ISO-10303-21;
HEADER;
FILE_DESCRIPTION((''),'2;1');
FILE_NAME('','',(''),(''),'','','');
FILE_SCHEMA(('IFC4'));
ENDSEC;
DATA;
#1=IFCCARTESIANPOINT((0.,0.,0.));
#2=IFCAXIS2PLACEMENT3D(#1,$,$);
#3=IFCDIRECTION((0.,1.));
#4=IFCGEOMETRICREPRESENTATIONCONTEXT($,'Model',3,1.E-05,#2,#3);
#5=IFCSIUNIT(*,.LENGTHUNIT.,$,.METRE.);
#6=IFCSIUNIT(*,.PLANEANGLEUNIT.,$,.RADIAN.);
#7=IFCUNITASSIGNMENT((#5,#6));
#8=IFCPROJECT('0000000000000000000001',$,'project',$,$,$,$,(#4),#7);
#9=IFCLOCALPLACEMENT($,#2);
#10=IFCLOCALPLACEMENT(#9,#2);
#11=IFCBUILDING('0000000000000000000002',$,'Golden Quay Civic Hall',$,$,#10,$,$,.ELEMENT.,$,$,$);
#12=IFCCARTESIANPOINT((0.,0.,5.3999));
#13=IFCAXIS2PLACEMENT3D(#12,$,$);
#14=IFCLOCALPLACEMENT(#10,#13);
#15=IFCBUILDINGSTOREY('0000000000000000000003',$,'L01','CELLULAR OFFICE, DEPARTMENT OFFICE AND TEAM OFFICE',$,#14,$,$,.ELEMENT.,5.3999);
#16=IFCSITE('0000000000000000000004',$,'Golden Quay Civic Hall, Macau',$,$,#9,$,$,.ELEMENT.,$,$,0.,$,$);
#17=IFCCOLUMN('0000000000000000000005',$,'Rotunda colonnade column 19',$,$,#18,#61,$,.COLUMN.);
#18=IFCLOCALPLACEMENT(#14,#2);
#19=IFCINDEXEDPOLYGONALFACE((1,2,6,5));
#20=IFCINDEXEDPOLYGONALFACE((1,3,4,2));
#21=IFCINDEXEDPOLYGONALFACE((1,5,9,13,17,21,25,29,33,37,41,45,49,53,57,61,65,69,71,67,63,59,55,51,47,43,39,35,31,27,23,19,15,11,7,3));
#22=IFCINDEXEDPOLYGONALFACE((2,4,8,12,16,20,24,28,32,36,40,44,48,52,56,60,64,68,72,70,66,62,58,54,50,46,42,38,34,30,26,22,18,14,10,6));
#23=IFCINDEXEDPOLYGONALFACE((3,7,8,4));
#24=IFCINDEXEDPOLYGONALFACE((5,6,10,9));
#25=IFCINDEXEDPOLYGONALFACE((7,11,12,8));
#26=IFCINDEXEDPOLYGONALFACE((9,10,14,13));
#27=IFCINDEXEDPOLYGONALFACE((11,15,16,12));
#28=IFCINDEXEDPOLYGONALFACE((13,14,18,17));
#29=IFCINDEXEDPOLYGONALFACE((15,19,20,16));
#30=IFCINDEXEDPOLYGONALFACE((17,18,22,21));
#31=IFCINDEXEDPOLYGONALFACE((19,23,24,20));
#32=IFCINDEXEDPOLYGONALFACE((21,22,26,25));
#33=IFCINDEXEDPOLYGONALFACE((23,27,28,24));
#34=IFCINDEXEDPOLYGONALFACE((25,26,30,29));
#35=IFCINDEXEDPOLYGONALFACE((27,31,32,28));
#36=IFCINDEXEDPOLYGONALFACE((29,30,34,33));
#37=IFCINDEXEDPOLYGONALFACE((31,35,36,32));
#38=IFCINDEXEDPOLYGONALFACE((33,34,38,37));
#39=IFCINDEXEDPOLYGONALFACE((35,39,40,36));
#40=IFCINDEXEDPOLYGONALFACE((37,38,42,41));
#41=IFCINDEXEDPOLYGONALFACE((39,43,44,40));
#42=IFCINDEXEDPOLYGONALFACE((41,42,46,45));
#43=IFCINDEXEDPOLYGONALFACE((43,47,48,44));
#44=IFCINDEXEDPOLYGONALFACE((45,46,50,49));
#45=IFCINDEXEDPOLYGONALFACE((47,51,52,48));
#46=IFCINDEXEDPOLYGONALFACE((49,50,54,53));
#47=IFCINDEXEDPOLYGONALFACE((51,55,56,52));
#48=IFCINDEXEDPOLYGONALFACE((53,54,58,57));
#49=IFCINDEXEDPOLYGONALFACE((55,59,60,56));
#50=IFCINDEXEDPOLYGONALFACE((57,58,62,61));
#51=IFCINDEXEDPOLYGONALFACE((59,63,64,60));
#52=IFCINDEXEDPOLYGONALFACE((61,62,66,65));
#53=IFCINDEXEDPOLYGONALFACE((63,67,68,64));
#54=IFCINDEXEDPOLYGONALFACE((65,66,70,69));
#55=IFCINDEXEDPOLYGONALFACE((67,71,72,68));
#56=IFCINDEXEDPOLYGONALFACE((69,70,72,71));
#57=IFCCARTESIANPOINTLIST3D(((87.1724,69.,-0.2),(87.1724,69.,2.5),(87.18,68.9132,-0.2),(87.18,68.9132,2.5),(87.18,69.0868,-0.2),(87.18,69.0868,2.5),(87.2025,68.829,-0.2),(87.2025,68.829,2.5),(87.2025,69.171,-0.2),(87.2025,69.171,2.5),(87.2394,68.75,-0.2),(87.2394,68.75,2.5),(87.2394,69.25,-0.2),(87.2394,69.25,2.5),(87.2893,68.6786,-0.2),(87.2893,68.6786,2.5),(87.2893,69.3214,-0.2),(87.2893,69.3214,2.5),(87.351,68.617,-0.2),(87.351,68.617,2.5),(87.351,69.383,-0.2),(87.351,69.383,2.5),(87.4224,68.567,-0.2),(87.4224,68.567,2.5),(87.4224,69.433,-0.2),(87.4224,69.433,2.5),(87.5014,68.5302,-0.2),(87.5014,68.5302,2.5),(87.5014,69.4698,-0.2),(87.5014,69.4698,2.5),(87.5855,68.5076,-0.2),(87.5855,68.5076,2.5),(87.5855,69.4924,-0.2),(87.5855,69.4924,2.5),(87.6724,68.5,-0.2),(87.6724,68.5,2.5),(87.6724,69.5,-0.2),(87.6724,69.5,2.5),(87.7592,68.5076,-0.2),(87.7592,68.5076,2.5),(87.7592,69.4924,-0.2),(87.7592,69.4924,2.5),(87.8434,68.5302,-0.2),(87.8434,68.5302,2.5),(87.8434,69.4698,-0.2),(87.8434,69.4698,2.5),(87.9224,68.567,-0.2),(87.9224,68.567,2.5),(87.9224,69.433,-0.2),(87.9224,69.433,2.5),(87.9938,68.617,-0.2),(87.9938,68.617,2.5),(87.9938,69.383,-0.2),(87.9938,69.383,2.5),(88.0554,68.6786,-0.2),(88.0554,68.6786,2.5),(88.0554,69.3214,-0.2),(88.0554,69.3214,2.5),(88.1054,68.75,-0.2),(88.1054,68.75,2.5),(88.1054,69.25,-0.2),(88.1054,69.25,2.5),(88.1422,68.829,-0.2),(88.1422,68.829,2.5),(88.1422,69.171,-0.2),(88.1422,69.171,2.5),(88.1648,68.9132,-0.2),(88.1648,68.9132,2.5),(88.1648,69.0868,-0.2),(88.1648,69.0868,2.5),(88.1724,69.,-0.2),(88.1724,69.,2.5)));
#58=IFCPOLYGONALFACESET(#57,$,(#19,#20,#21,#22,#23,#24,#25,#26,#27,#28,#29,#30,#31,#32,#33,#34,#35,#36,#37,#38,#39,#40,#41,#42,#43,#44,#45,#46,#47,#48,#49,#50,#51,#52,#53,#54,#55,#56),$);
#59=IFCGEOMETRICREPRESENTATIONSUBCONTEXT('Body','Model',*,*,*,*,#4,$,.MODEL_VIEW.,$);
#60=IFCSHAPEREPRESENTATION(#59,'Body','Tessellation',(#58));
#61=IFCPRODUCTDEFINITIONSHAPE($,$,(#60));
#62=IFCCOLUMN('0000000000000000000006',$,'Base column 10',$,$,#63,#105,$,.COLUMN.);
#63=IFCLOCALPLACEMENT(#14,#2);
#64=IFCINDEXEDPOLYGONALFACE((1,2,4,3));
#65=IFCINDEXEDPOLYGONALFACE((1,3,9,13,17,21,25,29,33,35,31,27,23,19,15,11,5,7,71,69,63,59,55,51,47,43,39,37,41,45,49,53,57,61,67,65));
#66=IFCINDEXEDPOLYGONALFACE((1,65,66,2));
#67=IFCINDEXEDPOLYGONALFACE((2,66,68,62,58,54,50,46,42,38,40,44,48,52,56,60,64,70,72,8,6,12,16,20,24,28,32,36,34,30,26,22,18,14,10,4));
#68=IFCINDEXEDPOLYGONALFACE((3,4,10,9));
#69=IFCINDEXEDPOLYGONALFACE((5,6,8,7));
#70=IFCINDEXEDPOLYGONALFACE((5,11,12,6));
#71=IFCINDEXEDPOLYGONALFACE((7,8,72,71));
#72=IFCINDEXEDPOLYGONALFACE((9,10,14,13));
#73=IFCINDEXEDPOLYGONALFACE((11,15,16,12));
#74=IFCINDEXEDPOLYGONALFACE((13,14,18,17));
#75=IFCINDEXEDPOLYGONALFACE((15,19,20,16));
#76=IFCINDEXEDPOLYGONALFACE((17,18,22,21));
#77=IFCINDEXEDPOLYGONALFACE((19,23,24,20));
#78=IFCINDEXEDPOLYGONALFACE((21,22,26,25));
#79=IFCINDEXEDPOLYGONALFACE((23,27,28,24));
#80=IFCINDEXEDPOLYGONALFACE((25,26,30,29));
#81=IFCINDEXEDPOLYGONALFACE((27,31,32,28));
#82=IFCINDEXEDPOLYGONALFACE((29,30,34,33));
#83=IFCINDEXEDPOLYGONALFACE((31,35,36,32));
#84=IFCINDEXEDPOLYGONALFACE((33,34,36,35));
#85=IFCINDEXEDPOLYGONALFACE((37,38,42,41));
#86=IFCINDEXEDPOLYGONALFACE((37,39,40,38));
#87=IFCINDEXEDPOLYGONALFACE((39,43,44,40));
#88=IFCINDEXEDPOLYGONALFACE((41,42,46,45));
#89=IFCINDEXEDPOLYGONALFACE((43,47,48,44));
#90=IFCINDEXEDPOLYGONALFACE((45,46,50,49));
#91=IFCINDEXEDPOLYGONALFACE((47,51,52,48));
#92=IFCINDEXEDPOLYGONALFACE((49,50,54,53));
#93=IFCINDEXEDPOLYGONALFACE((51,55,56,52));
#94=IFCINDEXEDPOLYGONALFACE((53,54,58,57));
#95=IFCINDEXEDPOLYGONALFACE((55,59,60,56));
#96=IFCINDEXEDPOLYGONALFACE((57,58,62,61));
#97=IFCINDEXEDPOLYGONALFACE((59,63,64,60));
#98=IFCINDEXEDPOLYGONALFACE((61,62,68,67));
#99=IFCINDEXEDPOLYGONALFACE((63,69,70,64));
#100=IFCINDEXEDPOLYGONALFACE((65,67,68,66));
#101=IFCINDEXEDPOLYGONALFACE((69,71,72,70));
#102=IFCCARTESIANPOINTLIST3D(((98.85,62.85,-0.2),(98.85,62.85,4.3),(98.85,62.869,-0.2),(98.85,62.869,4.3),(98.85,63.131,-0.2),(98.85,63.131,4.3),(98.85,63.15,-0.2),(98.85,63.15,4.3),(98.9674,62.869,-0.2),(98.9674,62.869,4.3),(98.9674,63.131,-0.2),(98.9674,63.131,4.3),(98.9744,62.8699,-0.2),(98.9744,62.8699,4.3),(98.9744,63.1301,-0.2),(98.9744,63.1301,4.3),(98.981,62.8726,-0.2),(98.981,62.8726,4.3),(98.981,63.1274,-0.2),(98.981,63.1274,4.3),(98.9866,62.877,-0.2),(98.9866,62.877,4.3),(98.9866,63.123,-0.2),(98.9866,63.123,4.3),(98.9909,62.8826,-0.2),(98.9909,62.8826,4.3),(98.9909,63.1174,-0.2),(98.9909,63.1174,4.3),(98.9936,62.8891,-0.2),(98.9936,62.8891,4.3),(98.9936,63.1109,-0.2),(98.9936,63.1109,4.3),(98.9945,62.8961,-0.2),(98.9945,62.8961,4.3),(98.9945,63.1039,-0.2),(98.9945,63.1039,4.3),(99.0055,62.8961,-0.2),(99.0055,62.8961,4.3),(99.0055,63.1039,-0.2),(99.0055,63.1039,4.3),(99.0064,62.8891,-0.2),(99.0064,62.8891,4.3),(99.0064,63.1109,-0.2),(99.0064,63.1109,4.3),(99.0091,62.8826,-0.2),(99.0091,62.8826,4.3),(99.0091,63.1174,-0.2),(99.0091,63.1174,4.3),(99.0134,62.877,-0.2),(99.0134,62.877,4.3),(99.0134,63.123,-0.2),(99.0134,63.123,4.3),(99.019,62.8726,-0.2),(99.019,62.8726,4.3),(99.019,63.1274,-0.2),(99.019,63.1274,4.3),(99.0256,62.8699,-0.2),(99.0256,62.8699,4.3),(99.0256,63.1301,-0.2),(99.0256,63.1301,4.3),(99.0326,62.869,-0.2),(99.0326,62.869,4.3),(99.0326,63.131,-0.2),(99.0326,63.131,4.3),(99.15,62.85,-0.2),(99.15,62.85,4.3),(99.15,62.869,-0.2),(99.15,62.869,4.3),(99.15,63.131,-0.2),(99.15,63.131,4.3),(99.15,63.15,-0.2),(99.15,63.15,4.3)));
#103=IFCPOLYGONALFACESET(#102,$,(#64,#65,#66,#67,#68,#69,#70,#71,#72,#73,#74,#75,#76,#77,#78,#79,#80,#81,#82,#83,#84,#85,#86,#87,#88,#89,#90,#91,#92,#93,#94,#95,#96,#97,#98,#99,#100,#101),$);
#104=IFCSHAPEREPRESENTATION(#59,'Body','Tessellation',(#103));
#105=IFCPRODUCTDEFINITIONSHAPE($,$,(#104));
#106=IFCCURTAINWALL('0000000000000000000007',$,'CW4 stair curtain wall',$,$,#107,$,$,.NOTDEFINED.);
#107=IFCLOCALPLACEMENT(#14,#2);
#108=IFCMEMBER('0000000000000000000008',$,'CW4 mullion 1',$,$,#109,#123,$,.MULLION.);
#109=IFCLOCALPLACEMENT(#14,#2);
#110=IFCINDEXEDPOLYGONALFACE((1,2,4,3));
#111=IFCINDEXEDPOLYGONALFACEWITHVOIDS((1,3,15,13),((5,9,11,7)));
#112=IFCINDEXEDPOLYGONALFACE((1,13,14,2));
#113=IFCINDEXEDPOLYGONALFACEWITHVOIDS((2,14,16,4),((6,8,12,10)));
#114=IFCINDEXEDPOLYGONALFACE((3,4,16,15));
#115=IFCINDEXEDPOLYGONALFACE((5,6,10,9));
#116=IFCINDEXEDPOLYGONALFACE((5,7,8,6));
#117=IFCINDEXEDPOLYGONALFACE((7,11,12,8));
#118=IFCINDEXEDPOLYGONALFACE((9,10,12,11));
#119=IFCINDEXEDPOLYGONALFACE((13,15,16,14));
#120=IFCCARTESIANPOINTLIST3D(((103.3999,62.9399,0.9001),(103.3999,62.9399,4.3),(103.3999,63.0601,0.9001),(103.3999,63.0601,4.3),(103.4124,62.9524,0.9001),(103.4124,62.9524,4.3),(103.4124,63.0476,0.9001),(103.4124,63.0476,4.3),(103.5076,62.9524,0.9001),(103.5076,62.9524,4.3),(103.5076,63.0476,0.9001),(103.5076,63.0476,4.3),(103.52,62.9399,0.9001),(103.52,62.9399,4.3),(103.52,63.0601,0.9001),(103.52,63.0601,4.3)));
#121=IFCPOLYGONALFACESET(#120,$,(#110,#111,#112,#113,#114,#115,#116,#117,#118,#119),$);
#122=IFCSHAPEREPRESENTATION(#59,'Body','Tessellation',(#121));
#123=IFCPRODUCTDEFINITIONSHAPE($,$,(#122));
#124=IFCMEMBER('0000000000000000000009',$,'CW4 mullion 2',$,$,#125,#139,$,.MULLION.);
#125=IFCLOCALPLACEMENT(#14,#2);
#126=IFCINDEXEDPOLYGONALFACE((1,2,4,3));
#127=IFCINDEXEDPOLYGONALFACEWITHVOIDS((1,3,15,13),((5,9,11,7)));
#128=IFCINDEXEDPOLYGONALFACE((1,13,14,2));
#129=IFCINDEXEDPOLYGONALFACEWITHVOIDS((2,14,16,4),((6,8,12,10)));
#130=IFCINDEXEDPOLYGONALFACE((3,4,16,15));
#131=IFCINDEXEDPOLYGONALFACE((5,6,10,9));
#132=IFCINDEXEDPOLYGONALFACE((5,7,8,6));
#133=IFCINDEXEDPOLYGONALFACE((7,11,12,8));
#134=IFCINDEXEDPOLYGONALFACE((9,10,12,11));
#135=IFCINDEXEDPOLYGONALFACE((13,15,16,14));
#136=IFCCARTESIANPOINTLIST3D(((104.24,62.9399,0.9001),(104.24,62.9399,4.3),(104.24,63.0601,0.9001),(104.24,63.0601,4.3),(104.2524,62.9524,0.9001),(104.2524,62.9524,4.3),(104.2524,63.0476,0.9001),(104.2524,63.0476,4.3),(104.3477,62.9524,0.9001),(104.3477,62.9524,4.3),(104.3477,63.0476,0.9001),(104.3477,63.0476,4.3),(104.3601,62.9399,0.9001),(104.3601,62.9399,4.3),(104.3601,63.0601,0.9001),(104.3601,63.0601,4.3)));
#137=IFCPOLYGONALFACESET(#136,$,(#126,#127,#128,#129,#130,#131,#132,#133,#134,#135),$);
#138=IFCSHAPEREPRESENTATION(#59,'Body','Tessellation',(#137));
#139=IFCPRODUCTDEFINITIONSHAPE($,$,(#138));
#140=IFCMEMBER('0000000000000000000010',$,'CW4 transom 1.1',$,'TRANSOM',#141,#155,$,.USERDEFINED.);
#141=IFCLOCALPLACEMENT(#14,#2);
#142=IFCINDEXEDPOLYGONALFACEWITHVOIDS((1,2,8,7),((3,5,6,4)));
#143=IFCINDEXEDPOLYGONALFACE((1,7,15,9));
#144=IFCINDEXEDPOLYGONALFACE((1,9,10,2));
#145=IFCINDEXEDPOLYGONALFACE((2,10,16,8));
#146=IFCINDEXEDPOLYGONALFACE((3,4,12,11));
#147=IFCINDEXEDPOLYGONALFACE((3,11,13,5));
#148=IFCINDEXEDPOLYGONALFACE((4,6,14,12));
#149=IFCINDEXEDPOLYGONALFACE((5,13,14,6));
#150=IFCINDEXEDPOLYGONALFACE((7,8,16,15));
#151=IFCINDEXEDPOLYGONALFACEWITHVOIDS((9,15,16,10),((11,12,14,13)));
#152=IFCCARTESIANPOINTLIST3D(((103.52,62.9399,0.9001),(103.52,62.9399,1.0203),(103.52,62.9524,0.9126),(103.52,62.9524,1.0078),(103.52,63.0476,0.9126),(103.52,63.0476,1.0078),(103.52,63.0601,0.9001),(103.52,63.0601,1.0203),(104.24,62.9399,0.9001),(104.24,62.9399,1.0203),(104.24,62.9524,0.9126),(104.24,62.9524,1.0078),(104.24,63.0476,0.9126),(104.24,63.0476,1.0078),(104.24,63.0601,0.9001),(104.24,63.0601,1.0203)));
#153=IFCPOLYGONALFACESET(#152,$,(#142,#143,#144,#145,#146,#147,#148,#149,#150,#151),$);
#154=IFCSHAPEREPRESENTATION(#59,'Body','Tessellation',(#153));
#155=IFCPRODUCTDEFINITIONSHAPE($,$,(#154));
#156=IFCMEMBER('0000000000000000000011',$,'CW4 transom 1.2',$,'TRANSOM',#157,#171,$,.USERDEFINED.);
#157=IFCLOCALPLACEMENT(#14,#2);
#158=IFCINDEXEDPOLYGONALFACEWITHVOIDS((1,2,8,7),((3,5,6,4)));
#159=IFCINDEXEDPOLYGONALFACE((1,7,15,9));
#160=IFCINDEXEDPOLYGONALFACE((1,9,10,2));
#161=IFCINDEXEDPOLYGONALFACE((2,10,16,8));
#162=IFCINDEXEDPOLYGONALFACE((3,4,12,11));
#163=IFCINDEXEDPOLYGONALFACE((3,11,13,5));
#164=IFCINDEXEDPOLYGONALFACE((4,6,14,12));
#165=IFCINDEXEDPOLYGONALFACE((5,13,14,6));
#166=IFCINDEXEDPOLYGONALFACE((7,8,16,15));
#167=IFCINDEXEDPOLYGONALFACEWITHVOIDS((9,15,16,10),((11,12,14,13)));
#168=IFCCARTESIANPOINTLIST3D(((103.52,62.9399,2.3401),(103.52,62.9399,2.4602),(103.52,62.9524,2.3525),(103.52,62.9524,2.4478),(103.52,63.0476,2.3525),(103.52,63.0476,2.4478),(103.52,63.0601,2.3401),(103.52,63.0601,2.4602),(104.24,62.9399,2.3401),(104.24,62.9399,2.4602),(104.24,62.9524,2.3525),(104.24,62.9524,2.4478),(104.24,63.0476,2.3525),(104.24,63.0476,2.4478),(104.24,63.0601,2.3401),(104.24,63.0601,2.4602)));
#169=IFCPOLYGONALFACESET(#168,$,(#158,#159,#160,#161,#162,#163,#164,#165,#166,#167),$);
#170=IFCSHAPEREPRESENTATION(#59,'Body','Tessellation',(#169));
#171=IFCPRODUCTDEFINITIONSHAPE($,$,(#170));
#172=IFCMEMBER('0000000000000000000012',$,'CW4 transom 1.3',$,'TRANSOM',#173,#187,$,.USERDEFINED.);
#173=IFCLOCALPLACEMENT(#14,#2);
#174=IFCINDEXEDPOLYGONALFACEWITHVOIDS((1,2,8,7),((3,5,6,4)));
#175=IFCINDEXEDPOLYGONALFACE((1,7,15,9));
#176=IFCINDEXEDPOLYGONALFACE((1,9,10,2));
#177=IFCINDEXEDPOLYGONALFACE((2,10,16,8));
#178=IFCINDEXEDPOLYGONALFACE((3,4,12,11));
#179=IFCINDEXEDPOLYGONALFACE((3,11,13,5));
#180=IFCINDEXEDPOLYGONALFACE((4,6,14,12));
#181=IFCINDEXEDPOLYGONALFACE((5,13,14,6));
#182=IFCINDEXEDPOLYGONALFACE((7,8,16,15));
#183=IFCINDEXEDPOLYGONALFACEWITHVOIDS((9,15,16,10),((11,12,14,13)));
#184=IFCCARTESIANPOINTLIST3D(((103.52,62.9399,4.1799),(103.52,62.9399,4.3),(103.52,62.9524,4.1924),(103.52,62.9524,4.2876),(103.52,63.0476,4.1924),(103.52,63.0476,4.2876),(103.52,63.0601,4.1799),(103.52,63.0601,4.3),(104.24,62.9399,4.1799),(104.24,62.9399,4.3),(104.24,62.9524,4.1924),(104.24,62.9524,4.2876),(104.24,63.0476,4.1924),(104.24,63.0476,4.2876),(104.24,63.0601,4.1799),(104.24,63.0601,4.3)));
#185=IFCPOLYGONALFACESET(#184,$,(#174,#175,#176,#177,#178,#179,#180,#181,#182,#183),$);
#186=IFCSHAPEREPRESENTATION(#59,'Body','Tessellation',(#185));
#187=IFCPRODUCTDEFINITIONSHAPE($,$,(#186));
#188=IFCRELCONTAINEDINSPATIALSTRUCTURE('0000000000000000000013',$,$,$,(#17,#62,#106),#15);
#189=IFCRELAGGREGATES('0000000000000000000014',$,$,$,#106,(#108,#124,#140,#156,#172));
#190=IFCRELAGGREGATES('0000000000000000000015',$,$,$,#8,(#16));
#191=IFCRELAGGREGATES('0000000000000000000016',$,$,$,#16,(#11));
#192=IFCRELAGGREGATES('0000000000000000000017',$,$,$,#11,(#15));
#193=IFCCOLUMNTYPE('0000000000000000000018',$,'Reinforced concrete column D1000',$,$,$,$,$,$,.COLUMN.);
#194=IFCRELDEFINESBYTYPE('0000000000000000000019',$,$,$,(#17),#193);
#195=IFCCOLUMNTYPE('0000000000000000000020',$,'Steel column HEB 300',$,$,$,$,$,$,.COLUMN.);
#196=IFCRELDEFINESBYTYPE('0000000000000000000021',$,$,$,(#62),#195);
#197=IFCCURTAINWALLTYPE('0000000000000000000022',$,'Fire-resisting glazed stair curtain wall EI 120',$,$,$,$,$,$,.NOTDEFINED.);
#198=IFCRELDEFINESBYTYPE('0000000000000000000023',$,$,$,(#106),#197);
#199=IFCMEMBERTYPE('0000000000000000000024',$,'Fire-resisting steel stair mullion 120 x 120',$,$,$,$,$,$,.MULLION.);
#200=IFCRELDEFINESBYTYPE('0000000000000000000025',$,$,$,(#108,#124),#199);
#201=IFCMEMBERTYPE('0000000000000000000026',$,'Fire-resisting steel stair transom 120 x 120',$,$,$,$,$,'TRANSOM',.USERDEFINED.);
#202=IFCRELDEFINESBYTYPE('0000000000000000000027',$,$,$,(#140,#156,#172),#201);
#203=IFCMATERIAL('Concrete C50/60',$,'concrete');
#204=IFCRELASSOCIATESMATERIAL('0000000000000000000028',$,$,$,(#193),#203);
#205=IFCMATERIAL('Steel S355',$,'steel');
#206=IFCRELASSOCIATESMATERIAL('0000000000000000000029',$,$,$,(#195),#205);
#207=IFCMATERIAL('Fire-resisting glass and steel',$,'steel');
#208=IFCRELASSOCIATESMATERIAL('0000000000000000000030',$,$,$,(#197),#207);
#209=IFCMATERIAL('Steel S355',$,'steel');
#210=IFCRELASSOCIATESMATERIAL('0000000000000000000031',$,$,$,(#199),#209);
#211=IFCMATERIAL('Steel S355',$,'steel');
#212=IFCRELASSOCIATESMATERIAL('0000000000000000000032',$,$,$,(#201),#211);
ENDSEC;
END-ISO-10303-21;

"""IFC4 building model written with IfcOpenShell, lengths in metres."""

from ifc_helpers import new_model, si_unit, direction, frame, origin, origin_2d, place, context, subcontext, project, spatial, hollow_rectangle, circle, i_section, extrude, material, material_profile, profile_set, type_object, element, aggregate, save


model = new_model("IFC4")

# Units and contexts
model_context = context("Model", 3, precision=1e-05, world=origin(), true_north=direction((0.0, 1.0)))
body_context = subcontext(model_context, "Body", "Model", "MODEL_VIEW")
ifc_project = project(units=[si_unit("LENGTHUNIT", "METRE"), si_unit("PLANEANGLEUNIT", "RADIAN")], contexts=[model_context])

# Site, building, storey
site_placement = place(None, origin())
site = spatial("IfcSite", under=ifc_project, at=site_placement, Name="Golden Quay Civic Hall, Macau", CompositionType="ELEMENT", RefElevation=0.0)
building_placement = place(site_placement, origin())
building = spatial("IfcBuilding", under=site, at=building_placement, Name="Golden Quay Civic Hall", CompositionType="ELEMENT")
storey_placement = place(building_placement, frame((0.0, 0.0, 5.3999)))
storey = spatial("IfcBuildingStorey", under=building, at=storey_placement, Name="L01", Description="CELLULAR OFFICE, DEPARTMENT OFFICE AND TEAM OFFICE", CompositionType="ELEMENT", Elevation=5.3999)

# Columns
ifc_material_1 = material(Name="Concrete C50/60", Category="concrete")
ifc_material_profile_1 = material_profile(ifc_material_1, circle(Radius=0.5, at=origin_2d()), Name="RC D1000")
ifc_profile_set_1 = profile_set([ifc_material_profile_1], Name="Concrete C50/60")
column_type_1 = type_object("IfcColumnType", Name="Reinforced concrete column D1000", PredefinedType="COLUMN", material=ifc_profile_set_1)
column_1_placement = place(storey_placement, frame((87.6724, 69.0, -0.2), z_axis=(0.0, 0.0, 1.0), x_axis=(1.0, 0.0, 0.0)))
element("IfcColumn", 1, at=column_1_placement, inside=storey, type_object=column_type_1, Name="Rotunda colonnade column 19", PredefinedType="COLUMN", context=body_context, shape_type="SweptSolid", body=[
    extrude(circle(Radius=0.5, at=origin_2d()), origin(), (0.0, 0.0, 1.0), 2.7),
])
ifc_material_2 = material(Name="Steel S355", Category="steel")
ifc_material_profile_2 = material_profile(ifc_material_2, i_section(OverallWidth=0.3, OverallDepth=0.3, WebThickness=0.011, FlangeThickness=0.019, FilletRadius=0.0271, at=origin_2d()), Name="HEB 300")
ifc_profile_set_2 = profile_set([ifc_material_profile_2], Name="Steel S355")
column_type_2 = type_object("IfcColumnType", Name="Steel column HEB 300", PredefinedType="COLUMN", material=ifc_profile_set_2)
column_2_placement = place(storey_placement, frame((99.0, 63.0, -0.2), z_axis=(0.0, 0.0, 1.0), x_axis=(1.0, 0.0, 0.0)))
element("IfcColumn", 2, at=column_2_placement, inside=storey, type_object=column_type_2, Name="Base column 10", PredefinedType="COLUMN", context=body_context, shape_type="SweptSolid", body=[
    extrude(i_section(OverallWidth=0.3, OverallDepth=0.3, WebThickness=0.011, FlangeThickness=0.019, FilletRadius=0.0271, at=origin_2d()), origin(), (0.0, 0.0, 1.0), 4.5),
])

# Curtain wall, members
ifc_material_3 = material(Name="Fire-resisting glass and steel", Category="steel")
curtain_wall_type = type_object("IfcCurtainWallType", Name="Fire-resisting glazed stair curtain wall EI 120", PredefinedType="NOTDEFINED", material=ifc_material_3)
curtain_wall_placement = place(storey_placement, origin())
curtain_wall = element("IfcCurtainWall", 3, at=curtain_wall_placement, inside=storey, type_object=curtain_wall_type, Name="CW4 stair curtain wall", PredefinedType="NOTDEFINED")
ifc_material_4 = material(Name="Steel S355", Category="steel")
ifc_material_profile_3 = material_profile(ifc_material_4, hollow_rectangle(XDim=0.1201, YDim=0.1201, WallThickness=0.0125, at=origin_2d()), Name="SHS 120x120x12.5")
ifc_profile_set_3 = profile_set([ifc_material_profile_3], Name="Steel S355")
member_type_1 = type_object("IfcMemberType", Name="Fire-resisting steel stair mullion 120 x 120", PredefinedType="MULLION", material=ifc_profile_set_3)
member_1_placement = place(storey_placement, frame((103.46, 63.0, 0.9001), z_axis=(0.0, 0.0, 1.0), x_axis=(0.0, 1.0, 0.0)))
member_1 = element("IfcMember", 4, at=member_1_placement, type_object=member_type_1, Name="CW4 mullion 1", PredefinedType="MULLION", context=body_context, shape_type="SweptSolid", body=[
    extrude(hollow_rectangle(XDim=0.1201, YDim=0.1201, WallThickness=0.0125, at=origin_2d()), origin(), (0.0, 0.0, 1.0), 3.3999),
])
member_2_placement = place(storey_placement, frame((104.3, 63.0, 0.9001), z_axis=(0.0, 0.0, 1.0), x_axis=(0.0, 1.0, 0.0)))
member_2 = element("IfcMember", 5, at=member_2_placement, type_object=member_type_1, Name="CW4 mullion 2", PredefinedType="MULLION", context=body_context, shape_type="SweptSolid", body=[
    extrude(hollow_rectangle(XDim=0.1201, YDim=0.1201, WallThickness=0.0125, at=origin_2d()), origin(), (0.0, 0.0, 1.0), 3.3999),
])
ifc_material_5 = material(Name="Steel S355", Category="steel")
ifc_material_profile_4 = material_profile(ifc_material_5, hollow_rectangle(XDim=0.1201, YDim=0.1201, WallThickness=0.0125, at=origin_2d()), Name="SHS 120x120x12.5")
ifc_profile_set_4 = profile_set([ifc_material_profile_4], Name="Steel S355")
member_type_2 = type_object("IfcMemberType", Name="Fire-resisting steel stair transom 120 x 120", ElementType="TRANSOM", PredefinedType="USERDEFINED", material=ifc_profile_set_4)
member_3_placement = place(storey_placement, frame((103.52, 63.0, 0.9602), z_axis=(1.0, 0.0, 0.0), x_axis=(0.0, 1.0, 0.0)))
member_3 = element("IfcMember", 6, at=member_3_placement, type_object=member_type_2, Name="CW4 transom 1.1", ObjectType="TRANSOM", PredefinedType="USERDEFINED", context=body_context, shape_type="SweptSolid", body=[
    extrude(hollow_rectangle(XDim=0.1201, YDim=0.1201, WallThickness=0.0125, at=origin_2d()), origin(), (0.0, 0.0, 1.0), 0.72),
])
member_4_placement = place(storey_placement, frame((103.52, 63.0, 2.4001), z_axis=(1.0, 0.0, 0.0), x_axis=(0.0, 1.0, 0.0)))
member_4 = element("IfcMember", 7, at=member_4_placement, type_object=member_type_2, Name="CW4 transom 1.2", ObjectType="TRANSOM", PredefinedType="USERDEFINED", context=body_context, shape_type="SweptSolid", body=[
    extrude(hollow_rectangle(XDim=0.1201, YDim=0.1201, WallThickness=0.0125, at=origin_2d()), origin(), (0.0, 0.0, 1.0), 0.72),
])
member_5_placement = place(storey_placement, frame((103.52, 63.0, 4.24), z_axis=(1.0, 0.0, 0.0), x_axis=(0.0, 1.0, 0.0)))
member_5 = element("IfcMember", 8, at=member_5_placement, type_object=member_type_2, Name="CW4 transom 1.3", ObjectType="TRANSOM", PredefinedType="USERDEFINED", context=body_context, shape_type="SweptSolid", body=[
    extrude(hollow_rectangle(XDim=0.1201, YDim=0.1201, WallThickness=0.0125, at=origin_2d()), origin(), (0.0, 0.0, 1.0), 0.72),
])

aggregate(curtain_wall, [member_1, member_2, member_3, member_4, member_5])

save(model, "model.ifc")
